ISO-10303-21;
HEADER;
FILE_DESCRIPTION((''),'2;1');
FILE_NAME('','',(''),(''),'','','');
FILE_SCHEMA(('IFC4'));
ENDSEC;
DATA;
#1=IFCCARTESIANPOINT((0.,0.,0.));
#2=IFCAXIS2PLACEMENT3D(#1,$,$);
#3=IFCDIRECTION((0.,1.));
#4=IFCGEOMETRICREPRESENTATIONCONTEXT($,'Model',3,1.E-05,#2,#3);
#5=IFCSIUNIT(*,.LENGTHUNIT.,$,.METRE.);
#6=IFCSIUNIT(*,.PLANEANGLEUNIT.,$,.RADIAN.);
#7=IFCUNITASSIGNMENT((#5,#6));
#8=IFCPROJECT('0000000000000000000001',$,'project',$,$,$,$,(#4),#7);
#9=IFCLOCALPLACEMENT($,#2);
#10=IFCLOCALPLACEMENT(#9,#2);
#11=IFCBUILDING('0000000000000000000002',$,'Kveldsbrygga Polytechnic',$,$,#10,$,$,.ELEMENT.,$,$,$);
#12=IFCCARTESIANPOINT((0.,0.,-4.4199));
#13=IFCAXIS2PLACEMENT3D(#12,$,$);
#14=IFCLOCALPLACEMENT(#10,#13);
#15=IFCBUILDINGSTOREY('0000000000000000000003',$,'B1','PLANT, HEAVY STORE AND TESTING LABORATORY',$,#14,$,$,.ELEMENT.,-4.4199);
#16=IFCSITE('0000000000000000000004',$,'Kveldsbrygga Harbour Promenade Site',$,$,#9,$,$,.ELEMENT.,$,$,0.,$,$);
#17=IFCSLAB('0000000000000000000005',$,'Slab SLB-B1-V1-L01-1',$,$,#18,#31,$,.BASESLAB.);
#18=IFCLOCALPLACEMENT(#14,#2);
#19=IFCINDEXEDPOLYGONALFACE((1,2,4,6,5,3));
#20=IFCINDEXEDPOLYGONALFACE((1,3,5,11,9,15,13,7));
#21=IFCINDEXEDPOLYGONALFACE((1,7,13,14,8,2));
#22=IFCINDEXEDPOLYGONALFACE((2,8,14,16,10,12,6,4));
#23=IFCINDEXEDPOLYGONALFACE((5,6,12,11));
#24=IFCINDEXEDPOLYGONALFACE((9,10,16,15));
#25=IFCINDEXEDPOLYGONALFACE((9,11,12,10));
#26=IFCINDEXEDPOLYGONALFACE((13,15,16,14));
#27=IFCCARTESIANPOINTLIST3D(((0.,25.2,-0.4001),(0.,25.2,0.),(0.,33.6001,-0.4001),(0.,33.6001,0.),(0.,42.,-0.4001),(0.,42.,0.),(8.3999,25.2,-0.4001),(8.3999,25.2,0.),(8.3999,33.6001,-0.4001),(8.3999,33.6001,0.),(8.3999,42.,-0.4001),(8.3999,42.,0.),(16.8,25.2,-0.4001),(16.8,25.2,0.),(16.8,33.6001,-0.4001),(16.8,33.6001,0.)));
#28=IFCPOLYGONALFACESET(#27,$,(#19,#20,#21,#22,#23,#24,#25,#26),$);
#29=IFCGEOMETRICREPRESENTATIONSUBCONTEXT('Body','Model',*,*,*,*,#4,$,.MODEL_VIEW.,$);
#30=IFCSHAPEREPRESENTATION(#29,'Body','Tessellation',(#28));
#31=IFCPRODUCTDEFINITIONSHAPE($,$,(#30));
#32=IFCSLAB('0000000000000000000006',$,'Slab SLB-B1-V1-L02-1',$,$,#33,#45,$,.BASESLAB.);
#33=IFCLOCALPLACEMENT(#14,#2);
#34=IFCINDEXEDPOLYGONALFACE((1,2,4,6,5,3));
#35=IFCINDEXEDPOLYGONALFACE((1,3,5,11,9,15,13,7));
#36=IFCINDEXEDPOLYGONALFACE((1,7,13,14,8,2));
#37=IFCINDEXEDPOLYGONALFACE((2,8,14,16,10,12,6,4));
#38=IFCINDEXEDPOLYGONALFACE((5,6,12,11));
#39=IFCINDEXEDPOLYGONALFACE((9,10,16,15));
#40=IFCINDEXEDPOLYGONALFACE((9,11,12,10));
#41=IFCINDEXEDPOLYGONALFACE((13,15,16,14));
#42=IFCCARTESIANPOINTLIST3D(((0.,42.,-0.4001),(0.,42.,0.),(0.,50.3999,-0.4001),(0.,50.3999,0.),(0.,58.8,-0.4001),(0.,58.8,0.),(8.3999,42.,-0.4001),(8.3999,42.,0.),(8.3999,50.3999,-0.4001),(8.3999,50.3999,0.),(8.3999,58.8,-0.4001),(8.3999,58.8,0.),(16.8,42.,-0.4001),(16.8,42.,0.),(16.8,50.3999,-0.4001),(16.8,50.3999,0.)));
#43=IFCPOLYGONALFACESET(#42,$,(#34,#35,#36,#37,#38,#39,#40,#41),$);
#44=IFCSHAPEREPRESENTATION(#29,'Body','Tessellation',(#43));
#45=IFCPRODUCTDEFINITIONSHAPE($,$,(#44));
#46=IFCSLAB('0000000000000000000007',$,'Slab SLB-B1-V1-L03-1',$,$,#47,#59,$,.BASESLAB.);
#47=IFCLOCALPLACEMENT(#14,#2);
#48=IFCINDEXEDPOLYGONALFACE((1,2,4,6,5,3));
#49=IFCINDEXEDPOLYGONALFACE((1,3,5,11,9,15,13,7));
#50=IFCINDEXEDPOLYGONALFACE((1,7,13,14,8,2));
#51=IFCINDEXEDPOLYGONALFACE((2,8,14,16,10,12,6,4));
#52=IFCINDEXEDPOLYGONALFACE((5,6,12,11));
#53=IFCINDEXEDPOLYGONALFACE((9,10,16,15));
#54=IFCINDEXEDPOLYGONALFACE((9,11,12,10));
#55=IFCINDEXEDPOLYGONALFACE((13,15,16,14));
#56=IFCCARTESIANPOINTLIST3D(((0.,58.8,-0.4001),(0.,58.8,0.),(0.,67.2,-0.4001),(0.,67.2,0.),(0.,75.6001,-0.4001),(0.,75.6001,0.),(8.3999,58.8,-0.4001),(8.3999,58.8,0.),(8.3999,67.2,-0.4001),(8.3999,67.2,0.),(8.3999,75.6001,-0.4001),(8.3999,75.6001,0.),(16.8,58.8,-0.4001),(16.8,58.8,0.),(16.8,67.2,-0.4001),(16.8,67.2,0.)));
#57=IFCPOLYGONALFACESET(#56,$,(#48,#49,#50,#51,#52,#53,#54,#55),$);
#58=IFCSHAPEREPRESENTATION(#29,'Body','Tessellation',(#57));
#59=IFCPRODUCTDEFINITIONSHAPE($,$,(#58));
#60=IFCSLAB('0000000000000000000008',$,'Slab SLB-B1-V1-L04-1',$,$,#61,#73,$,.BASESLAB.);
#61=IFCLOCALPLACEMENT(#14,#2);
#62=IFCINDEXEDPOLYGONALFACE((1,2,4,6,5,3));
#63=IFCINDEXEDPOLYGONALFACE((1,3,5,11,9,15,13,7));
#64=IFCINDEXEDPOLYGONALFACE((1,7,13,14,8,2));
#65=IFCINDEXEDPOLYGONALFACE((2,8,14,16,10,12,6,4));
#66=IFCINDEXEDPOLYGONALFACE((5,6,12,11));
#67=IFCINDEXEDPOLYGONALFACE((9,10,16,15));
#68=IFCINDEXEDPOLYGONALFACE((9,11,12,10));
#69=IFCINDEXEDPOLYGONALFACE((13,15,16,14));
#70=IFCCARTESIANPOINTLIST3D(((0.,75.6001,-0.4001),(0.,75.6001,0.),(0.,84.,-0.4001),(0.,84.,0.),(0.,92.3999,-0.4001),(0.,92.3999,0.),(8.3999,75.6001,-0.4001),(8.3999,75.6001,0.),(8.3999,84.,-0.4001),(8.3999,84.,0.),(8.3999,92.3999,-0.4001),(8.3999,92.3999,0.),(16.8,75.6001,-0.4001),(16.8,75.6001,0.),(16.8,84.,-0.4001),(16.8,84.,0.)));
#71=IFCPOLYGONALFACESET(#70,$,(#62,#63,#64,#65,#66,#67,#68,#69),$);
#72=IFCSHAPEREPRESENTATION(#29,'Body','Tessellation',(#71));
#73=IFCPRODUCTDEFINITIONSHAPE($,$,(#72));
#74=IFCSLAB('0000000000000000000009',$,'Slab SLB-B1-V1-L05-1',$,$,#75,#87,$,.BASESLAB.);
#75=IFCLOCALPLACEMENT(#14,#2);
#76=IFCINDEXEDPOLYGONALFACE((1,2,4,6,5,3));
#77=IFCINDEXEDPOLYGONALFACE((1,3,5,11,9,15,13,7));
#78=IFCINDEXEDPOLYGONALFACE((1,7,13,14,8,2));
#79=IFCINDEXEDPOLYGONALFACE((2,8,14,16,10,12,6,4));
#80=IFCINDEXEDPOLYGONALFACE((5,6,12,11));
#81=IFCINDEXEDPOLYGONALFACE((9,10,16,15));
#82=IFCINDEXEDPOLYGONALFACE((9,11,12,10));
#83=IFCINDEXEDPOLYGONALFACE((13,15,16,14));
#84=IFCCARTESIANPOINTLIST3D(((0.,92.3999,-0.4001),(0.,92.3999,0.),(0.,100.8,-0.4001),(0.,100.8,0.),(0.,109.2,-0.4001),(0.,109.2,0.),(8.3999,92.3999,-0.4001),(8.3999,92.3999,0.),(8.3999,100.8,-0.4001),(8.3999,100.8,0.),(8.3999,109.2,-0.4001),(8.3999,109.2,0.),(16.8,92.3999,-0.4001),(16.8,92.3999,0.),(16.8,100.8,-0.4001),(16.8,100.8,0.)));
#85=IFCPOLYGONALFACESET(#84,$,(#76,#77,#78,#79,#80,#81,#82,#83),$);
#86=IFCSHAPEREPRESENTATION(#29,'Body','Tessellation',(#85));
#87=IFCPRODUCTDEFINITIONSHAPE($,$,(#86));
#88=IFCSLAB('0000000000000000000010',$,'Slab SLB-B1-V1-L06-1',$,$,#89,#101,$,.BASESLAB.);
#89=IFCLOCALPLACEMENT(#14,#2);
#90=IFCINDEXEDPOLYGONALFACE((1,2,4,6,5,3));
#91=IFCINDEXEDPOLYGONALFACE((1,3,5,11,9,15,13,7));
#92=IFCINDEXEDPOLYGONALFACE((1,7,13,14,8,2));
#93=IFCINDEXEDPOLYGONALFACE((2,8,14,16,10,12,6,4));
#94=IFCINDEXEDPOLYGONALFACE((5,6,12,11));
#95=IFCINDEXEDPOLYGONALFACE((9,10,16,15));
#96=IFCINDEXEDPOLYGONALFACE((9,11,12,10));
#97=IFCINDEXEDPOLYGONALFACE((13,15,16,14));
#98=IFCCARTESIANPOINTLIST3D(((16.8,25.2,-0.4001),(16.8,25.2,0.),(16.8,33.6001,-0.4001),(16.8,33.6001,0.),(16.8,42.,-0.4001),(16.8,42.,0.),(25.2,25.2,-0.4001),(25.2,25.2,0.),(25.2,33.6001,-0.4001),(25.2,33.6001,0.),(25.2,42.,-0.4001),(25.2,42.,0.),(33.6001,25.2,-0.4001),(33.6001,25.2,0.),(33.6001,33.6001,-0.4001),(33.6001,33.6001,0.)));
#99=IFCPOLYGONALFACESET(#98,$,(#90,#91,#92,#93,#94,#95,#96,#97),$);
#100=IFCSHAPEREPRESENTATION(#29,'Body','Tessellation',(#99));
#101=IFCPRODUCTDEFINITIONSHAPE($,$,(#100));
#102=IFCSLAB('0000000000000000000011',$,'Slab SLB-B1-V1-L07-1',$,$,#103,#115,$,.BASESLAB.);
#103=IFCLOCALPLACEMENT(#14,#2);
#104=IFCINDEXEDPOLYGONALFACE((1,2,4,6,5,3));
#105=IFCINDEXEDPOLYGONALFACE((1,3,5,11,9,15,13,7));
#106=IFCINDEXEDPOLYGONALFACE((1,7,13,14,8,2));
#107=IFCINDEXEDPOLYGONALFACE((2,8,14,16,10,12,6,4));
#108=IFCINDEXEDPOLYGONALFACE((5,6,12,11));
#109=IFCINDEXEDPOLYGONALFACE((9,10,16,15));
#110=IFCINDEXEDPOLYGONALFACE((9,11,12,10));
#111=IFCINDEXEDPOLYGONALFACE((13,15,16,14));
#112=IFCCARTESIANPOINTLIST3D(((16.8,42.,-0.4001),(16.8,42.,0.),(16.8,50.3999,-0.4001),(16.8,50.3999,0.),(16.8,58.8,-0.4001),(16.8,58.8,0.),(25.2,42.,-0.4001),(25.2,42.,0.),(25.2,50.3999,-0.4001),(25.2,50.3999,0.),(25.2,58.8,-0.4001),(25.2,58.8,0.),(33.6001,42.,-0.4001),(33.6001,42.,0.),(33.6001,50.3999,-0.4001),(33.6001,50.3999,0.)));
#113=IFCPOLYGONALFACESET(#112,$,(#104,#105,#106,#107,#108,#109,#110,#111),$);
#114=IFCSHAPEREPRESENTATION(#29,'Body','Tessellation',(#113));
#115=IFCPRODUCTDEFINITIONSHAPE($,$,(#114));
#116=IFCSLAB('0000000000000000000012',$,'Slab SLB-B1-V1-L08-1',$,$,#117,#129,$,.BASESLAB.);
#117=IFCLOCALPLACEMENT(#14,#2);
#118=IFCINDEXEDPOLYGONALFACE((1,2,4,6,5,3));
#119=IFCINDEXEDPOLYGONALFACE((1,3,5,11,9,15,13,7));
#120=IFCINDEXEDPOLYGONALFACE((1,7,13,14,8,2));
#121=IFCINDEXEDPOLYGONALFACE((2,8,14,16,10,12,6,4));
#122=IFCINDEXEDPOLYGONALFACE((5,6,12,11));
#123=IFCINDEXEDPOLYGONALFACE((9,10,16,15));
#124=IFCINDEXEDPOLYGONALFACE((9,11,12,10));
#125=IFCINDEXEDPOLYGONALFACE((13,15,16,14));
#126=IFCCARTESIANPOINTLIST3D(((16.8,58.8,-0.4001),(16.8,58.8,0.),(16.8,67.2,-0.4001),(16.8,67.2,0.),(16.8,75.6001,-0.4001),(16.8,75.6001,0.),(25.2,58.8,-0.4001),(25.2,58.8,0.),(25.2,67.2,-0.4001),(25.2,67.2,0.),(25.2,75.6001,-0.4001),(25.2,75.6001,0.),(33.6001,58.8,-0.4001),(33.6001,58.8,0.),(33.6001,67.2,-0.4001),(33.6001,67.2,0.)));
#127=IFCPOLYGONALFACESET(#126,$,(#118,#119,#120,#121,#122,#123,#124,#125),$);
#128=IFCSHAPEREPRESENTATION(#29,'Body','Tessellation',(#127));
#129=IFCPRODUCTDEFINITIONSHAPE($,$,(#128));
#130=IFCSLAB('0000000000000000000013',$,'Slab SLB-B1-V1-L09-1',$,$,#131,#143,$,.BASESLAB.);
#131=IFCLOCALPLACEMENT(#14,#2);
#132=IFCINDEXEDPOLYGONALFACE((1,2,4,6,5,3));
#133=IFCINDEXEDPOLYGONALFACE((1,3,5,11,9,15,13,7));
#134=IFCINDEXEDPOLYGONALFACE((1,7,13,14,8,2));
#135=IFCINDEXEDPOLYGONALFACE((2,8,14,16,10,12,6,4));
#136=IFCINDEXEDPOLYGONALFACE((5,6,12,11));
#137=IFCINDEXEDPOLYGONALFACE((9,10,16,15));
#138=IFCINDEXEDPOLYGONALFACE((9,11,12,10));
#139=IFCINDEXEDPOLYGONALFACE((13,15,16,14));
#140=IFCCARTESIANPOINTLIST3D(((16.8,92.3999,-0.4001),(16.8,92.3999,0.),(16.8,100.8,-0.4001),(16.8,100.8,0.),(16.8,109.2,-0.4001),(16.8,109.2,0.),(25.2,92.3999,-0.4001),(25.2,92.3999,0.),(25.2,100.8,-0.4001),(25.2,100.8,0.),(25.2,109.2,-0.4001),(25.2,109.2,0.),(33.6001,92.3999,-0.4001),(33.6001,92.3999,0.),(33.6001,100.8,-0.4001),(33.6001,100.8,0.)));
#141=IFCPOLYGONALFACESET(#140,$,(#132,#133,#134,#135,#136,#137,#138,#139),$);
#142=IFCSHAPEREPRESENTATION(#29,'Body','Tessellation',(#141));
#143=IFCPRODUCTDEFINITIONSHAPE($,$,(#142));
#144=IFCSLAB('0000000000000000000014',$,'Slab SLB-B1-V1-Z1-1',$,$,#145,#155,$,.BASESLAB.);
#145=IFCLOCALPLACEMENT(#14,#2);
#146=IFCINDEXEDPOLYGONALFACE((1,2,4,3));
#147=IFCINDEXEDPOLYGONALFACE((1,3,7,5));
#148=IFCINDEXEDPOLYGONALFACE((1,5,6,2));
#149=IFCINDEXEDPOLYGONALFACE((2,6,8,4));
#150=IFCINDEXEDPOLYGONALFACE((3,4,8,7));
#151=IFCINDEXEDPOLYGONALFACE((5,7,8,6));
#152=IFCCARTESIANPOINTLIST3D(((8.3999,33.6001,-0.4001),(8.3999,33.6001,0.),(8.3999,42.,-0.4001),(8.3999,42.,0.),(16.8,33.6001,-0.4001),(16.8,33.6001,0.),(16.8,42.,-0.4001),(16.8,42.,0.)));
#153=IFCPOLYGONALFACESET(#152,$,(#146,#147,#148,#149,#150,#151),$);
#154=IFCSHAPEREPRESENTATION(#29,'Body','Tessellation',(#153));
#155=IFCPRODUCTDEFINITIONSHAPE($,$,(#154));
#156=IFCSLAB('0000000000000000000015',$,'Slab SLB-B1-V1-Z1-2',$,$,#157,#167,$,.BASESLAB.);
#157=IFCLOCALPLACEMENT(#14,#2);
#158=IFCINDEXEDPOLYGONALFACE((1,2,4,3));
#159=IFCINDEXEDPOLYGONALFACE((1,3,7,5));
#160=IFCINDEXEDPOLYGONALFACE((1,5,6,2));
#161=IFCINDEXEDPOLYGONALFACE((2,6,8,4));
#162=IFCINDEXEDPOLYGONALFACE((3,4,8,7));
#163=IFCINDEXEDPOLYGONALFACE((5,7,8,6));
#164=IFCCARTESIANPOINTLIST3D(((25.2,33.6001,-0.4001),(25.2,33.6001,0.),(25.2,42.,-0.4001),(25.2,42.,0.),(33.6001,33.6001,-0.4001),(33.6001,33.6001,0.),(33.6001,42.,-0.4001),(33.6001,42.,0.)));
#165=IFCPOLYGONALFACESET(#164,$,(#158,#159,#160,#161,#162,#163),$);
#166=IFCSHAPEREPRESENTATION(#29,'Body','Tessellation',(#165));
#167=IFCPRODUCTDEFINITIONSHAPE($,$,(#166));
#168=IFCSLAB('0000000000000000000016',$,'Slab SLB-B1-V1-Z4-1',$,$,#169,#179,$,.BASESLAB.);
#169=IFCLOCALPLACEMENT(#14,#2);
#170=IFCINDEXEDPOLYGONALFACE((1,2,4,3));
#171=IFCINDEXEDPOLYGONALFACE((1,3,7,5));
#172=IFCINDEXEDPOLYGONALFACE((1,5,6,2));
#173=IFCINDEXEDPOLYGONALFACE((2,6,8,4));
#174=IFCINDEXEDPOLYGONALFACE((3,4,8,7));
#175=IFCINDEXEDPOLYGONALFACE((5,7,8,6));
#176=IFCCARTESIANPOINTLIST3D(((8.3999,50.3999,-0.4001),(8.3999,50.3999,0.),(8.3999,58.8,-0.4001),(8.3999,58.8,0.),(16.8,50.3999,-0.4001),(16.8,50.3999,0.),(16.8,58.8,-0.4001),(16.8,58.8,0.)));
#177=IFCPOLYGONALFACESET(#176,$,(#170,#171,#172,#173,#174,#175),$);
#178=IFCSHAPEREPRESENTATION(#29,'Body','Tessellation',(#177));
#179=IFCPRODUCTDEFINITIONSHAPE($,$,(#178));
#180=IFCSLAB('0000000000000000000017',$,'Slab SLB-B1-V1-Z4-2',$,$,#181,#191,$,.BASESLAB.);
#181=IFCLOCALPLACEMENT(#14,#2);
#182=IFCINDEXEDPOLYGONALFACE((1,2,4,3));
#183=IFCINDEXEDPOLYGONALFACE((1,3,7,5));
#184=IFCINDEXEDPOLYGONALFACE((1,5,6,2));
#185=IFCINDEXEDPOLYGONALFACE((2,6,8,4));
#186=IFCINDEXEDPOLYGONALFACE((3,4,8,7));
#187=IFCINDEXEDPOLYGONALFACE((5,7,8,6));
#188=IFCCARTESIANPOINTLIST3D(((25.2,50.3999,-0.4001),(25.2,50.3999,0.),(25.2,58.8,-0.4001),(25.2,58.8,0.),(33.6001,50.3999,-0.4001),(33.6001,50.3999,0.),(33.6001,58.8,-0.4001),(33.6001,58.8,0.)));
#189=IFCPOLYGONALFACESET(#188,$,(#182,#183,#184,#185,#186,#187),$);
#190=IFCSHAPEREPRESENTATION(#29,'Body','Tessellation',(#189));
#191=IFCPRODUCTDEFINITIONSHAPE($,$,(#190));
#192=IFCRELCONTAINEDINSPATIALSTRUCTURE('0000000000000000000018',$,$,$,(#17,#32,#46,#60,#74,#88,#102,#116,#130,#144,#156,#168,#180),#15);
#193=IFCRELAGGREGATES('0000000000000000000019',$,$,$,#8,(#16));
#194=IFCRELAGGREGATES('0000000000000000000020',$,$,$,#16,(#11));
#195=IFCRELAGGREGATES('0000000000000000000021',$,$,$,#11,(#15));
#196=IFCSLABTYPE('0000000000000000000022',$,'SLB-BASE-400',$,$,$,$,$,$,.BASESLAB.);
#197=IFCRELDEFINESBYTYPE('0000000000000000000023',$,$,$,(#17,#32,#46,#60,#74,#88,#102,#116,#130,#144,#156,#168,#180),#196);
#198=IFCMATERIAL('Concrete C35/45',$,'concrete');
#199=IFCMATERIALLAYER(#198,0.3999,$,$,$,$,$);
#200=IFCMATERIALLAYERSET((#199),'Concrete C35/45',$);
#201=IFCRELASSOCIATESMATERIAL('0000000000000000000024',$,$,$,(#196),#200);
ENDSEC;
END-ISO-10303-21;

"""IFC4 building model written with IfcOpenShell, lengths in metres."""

from ifc_helpers import new_model, si_unit, direction, frame, origin, place, context, subcontext, project, spatial, polyline, outline, extrude, material, layer, layer_set, type_object, element, save


model = new_model("IFC4")

# Units and contexts
model_context = context("Model", 3, precision=1e-05, world=origin(), true_north=direction((0.0, 1.0)))
body_context = subcontext(model_context, "Body", "Model", "MODEL_VIEW")
ifc_project = project(units=[si_unit("LENGTHUNIT", "METRE"), si_unit("PLANEANGLEUNIT", "RADIAN")], contexts=[model_context])

# Site, building, storey
site_placement = place(None, origin())
site = spatial("IfcSite", under=ifc_project, at=site_placement, Name="Kveldsbrygga Harbour Promenade Site", CompositionType="ELEMENT", RefElevation=0.0)
building_placement = place(site_placement, origin())
building = spatial("IfcBuilding", under=site, at=building_placement, Name="Kveldsbrygga Polytechnic", CompositionType="ELEMENT")
storey_placement = place(building_placement, frame((0.0, 0.0, -4.4199)))
storey = spatial("IfcBuildingStorey", under=building, at=storey_placement, Name="B1", Description="PLANT, HEAVY STORE AND TESTING LABORATORY", CompositionType="ELEMENT", Elevation=-4.4199)

# Slabs
ifc_material = material(Name="Concrete C35/45", Category="concrete")
ifc_layer = layer(ifc_material, 0.3999)
ifc_layer_set = layer_set([ifc_layer], Name="Concrete C35/45")
slab_type = type_object("IfcSlabType", Name="SLB-BASE-400", PredefinedType="BASESLAB", material=ifc_layer_set)
slab_1_placement = place(storey_placement, frame((0.0, 0.0, -0.4001)))
element("IfcSlab", 1, at=slab_1_placement, inside=storey, type_object=slab_type, Name="Slab SLB-B1-V1-L01-1", PredefinedType="BASESLAB", context=body_context, shape_type="SweptSolid", body=[
    extrude(outline(polyline([(0.0, 25.2), (0.0, 33.6001), (0.0, 42.0), (8.3999, 42.0), (8.3999, 33.6001), (16.8, 33.6001), (16.8, 25.2), (8.3999, 25.2), (0.0, 25.2)])), origin(), (0.0, 0.0, 1.0), 0.4001),
])
slab_2_placement = place(storey_placement, frame((0.0, 0.0, -0.4001)))
element("IfcSlab", 2, at=slab_2_placement, inside=storey, type_object=slab_type, Name="Slab SLB-B1-V1-L02-1", PredefinedType="BASESLAB", context=body_context, shape_type="SweptSolid", body=[
    extrude(outline(polyline([(0.0, 42.0), (0.0, 50.3999), (0.0, 58.8), (8.3999, 58.8), (8.3999, 50.3999), (16.8, 50.3999), (16.8, 42.0), (8.3999, 42.0), (0.0, 42.0)])), origin(), (0.0, 0.0, 1.0), 0.4001),
])
slab_3_placement = place(storey_placement, frame((0.0, 0.0, -0.4001)))
element("IfcSlab", 3, at=slab_3_placement, inside=storey, type_object=slab_type, Name="Slab SLB-B1-V1-L03-1", PredefinedType="BASESLAB", context=body_context, shape_type="SweptSolid", body=[
    extrude(outline(polyline([(0.0, 58.8), (0.0, 67.2), (0.0, 75.6001), (8.3999, 75.6001), (8.3999, 67.2), (16.8, 67.2), (16.8, 58.8), (8.3999, 58.8), (0.0, 58.8)])), origin(), (0.0, 0.0, 1.0), 0.4001),
])
slab_4_placement = place(storey_placement, frame((0.0, 0.0, -0.4001)))
element("IfcSlab", 4, at=slab_4_placement, inside=storey, type_object=slab_type, Name="Slab SLB-B1-V1-L04-1", PredefinedType="BASESLAB", context=body_context, shape_type="SweptSolid", body=[
    extrude(outline(polyline([(0.0, 75.6001), (0.0, 84.0), (0.0, 92.3999), (8.3999, 92.3999), (8.3999, 84.0), (16.8, 84.0), (16.8, 75.6001), (8.3999, 75.6001), (0.0, 75.6001)])), origin(), (0.0, 0.0, 1.0), 0.4001),
])
slab_5_placement = place(storey_placement, frame((0.0, 0.0, -0.4001)))
element("IfcSlab", 5, at=slab_5_placement, inside=storey, type_object=slab_type, Name="Slab SLB-B1-V1-L05-1", PredefinedType="BASESLAB", context=body_context, shape_type="SweptSolid", body=[
    extrude(outline(polyline([(0.0, 92.3999), (0.0, 100.8), (0.0, 109.2), (8.3999, 109.2), (8.3999, 100.8), (16.8, 100.8), (16.8, 92.3999), (8.3999, 92.3999), (0.0, 92.3999)])), origin(), (0.0, 0.0, 1.0), 0.4001),
])
slab_6_placement = place(storey_placement, frame((0.0, 0.0, -0.4001)))
element("IfcSlab", 6, at=slab_6_placement, inside=storey, type_object=slab_type, Name="Slab SLB-B1-V1-L06-1", PredefinedType="BASESLAB", context=body_context, shape_type="SweptSolid", body=[
    extrude(outline(polyline([(16.8, 25.2), (16.8, 33.6001), (16.8, 42.0), (25.2, 42.0), (25.2, 33.6001), (33.6001, 33.6001), (33.6001, 25.2), (25.2, 25.2), (16.8, 25.2)])), origin(), (0.0, 0.0, 1.0), 0.4001),
])
slab_7_placement = place(storey_placement, frame((0.0, 0.0, -0.4001)))
element("IfcSlab", 7, at=slab_7_placement, inside=storey, type_object=slab_type, Name="Slab SLB-B1-V1-L07-1", PredefinedType="BASESLAB", context=body_context, shape_type="SweptSolid", body=[
    extrude(outline(polyline([(16.8, 42.0), (16.8, 50.3999), (16.8, 58.8), (25.2, 58.8), (25.2, 50.3999), (33.6001, 50.3999), (33.6001, 42.0), (25.2, 42.0), (16.8, 42.0)])), origin(), (0.0, 0.0, 1.0), 0.4001),
])
slab_8_placement = place(storey_placement, frame((0.0, 0.0, -0.4001)))
element("IfcSlab", 8, at=slab_8_placement, inside=storey, type_object=slab_type, Name="Slab SLB-B1-V1-L08-1", PredefinedType="BASESLAB", context=body_context, shape_type="SweptSolid", body=[
    extrude(outline(polyline([(16.8, 58.8), (16.8, 67.2), (16.8, 75.6001), (25.2, 75.6001), (25.2, 67.2), (33.6001, 67.2), (33.6001, 58.8), (25.2, 58.8), (16.8, 58.8)])), origin(), (0.0, 0.0, 1.0), 0.4001),
])
slab_9_placement = place(storey_placement, frame((0.0, 0.0, -0.4001)))
element("IfcSlab", 9, at=slab_9_placement, inside=storey, type_object=slab_type, Name="Slab SLB-B1-V1-L09-1", PredefinedType="BASESLAB", context=body_context, shape_type="SweptSolid", body=[
    extrude(outline(polyline([(16.8, 92.3999), (16.8, 100.8), (16.8, 109.2), (25.2, 109.2), (25.2, 100.8), (33.6001, 100.8), (33.6001, 92.3999), (25.2, 92.3999), (16.8, 92.3999)])), origin(), (0.0, 0.0, 1.0), 0.4001),
])
slab_10_placement = place(storey_placement, frame((0.0, 0.0, -0.4001)))
element("IfcSlab", 10, at=slab_10_placement, inside=storey, type_object=slab_type, Name="Slab SLB-B1-V1-Z1-1", PredefinedType="BASESLAB", context=body_context, shape_type="SweptSolid", body=[
    extrude(outline(polyline([(8.3999, 33.6001), (8.3999, 42.0), (16.8, 42.0), (16.8, 33.6001), (8.3999, 33.6001)])), origin(), (0.0, 0.0, 1.0), 0.4001),
])
slab_11_placement = place(storey_placement, frame((0.0, 0.0, -0.4001)))
element("IfcSlab", 11, at=slab_11_placement, inside=storey, type_object=slab_type, Name="Slab SLB-B1-V1-Z1-2", PredefinedType="BASESLAB", context=body_context, shape_type="SweptSolid", body=[
    extrude(outline(polyline([(25.2, 33.6001), (25.2, 42.0), (33.6001, 42.0), (33.6001, 33.6001), (25.2, 33.6001)])), origin(), (0.0, 0.0, 1.0), 0.4001),
])
slab_12_placement = place(storey_placement, frame((0.0, 0.0, -0.4001)))
element("IfcSlab", 12, at=slab_12_placement, inside=storey, type_object=slab_type, Name="Slab SLB-B1-V1-Z4-1", PredefinedType="BASESLAB", context=body_context, shape_type="SweptSolid", body=[
    extrude(outline(polyline([(8.3999, 58.8), (16.8, 58.8), (16.8, 50.3999), (8.3999, 50.3999), (8.3999, 58.8)])), origin(), (0.0, 0.0, 1.0), 0.4001),
])
slab_13_placement = place(storey_placement, frame((0.0, 0.0, -0.4001)))
element("IfcSlab", 13, at=slab_13_placement, inside=storey, type_object=slab_type, Name="Slab SLB-B1-V1-Z4-2", PredefinedType="BASESLAB", context=body_context, shape_type="SweptSolid", body=[
    extrude(outline(polyline([(33.6001, 58.8), (33.6001, 50.3999), (25.2, 50.3999), (25.2, 58.8), (33.6001, 58.8)])), origin(), (0.0, 0.0, 1.0), 0.4001),
])

save(model, "model.ifc")
